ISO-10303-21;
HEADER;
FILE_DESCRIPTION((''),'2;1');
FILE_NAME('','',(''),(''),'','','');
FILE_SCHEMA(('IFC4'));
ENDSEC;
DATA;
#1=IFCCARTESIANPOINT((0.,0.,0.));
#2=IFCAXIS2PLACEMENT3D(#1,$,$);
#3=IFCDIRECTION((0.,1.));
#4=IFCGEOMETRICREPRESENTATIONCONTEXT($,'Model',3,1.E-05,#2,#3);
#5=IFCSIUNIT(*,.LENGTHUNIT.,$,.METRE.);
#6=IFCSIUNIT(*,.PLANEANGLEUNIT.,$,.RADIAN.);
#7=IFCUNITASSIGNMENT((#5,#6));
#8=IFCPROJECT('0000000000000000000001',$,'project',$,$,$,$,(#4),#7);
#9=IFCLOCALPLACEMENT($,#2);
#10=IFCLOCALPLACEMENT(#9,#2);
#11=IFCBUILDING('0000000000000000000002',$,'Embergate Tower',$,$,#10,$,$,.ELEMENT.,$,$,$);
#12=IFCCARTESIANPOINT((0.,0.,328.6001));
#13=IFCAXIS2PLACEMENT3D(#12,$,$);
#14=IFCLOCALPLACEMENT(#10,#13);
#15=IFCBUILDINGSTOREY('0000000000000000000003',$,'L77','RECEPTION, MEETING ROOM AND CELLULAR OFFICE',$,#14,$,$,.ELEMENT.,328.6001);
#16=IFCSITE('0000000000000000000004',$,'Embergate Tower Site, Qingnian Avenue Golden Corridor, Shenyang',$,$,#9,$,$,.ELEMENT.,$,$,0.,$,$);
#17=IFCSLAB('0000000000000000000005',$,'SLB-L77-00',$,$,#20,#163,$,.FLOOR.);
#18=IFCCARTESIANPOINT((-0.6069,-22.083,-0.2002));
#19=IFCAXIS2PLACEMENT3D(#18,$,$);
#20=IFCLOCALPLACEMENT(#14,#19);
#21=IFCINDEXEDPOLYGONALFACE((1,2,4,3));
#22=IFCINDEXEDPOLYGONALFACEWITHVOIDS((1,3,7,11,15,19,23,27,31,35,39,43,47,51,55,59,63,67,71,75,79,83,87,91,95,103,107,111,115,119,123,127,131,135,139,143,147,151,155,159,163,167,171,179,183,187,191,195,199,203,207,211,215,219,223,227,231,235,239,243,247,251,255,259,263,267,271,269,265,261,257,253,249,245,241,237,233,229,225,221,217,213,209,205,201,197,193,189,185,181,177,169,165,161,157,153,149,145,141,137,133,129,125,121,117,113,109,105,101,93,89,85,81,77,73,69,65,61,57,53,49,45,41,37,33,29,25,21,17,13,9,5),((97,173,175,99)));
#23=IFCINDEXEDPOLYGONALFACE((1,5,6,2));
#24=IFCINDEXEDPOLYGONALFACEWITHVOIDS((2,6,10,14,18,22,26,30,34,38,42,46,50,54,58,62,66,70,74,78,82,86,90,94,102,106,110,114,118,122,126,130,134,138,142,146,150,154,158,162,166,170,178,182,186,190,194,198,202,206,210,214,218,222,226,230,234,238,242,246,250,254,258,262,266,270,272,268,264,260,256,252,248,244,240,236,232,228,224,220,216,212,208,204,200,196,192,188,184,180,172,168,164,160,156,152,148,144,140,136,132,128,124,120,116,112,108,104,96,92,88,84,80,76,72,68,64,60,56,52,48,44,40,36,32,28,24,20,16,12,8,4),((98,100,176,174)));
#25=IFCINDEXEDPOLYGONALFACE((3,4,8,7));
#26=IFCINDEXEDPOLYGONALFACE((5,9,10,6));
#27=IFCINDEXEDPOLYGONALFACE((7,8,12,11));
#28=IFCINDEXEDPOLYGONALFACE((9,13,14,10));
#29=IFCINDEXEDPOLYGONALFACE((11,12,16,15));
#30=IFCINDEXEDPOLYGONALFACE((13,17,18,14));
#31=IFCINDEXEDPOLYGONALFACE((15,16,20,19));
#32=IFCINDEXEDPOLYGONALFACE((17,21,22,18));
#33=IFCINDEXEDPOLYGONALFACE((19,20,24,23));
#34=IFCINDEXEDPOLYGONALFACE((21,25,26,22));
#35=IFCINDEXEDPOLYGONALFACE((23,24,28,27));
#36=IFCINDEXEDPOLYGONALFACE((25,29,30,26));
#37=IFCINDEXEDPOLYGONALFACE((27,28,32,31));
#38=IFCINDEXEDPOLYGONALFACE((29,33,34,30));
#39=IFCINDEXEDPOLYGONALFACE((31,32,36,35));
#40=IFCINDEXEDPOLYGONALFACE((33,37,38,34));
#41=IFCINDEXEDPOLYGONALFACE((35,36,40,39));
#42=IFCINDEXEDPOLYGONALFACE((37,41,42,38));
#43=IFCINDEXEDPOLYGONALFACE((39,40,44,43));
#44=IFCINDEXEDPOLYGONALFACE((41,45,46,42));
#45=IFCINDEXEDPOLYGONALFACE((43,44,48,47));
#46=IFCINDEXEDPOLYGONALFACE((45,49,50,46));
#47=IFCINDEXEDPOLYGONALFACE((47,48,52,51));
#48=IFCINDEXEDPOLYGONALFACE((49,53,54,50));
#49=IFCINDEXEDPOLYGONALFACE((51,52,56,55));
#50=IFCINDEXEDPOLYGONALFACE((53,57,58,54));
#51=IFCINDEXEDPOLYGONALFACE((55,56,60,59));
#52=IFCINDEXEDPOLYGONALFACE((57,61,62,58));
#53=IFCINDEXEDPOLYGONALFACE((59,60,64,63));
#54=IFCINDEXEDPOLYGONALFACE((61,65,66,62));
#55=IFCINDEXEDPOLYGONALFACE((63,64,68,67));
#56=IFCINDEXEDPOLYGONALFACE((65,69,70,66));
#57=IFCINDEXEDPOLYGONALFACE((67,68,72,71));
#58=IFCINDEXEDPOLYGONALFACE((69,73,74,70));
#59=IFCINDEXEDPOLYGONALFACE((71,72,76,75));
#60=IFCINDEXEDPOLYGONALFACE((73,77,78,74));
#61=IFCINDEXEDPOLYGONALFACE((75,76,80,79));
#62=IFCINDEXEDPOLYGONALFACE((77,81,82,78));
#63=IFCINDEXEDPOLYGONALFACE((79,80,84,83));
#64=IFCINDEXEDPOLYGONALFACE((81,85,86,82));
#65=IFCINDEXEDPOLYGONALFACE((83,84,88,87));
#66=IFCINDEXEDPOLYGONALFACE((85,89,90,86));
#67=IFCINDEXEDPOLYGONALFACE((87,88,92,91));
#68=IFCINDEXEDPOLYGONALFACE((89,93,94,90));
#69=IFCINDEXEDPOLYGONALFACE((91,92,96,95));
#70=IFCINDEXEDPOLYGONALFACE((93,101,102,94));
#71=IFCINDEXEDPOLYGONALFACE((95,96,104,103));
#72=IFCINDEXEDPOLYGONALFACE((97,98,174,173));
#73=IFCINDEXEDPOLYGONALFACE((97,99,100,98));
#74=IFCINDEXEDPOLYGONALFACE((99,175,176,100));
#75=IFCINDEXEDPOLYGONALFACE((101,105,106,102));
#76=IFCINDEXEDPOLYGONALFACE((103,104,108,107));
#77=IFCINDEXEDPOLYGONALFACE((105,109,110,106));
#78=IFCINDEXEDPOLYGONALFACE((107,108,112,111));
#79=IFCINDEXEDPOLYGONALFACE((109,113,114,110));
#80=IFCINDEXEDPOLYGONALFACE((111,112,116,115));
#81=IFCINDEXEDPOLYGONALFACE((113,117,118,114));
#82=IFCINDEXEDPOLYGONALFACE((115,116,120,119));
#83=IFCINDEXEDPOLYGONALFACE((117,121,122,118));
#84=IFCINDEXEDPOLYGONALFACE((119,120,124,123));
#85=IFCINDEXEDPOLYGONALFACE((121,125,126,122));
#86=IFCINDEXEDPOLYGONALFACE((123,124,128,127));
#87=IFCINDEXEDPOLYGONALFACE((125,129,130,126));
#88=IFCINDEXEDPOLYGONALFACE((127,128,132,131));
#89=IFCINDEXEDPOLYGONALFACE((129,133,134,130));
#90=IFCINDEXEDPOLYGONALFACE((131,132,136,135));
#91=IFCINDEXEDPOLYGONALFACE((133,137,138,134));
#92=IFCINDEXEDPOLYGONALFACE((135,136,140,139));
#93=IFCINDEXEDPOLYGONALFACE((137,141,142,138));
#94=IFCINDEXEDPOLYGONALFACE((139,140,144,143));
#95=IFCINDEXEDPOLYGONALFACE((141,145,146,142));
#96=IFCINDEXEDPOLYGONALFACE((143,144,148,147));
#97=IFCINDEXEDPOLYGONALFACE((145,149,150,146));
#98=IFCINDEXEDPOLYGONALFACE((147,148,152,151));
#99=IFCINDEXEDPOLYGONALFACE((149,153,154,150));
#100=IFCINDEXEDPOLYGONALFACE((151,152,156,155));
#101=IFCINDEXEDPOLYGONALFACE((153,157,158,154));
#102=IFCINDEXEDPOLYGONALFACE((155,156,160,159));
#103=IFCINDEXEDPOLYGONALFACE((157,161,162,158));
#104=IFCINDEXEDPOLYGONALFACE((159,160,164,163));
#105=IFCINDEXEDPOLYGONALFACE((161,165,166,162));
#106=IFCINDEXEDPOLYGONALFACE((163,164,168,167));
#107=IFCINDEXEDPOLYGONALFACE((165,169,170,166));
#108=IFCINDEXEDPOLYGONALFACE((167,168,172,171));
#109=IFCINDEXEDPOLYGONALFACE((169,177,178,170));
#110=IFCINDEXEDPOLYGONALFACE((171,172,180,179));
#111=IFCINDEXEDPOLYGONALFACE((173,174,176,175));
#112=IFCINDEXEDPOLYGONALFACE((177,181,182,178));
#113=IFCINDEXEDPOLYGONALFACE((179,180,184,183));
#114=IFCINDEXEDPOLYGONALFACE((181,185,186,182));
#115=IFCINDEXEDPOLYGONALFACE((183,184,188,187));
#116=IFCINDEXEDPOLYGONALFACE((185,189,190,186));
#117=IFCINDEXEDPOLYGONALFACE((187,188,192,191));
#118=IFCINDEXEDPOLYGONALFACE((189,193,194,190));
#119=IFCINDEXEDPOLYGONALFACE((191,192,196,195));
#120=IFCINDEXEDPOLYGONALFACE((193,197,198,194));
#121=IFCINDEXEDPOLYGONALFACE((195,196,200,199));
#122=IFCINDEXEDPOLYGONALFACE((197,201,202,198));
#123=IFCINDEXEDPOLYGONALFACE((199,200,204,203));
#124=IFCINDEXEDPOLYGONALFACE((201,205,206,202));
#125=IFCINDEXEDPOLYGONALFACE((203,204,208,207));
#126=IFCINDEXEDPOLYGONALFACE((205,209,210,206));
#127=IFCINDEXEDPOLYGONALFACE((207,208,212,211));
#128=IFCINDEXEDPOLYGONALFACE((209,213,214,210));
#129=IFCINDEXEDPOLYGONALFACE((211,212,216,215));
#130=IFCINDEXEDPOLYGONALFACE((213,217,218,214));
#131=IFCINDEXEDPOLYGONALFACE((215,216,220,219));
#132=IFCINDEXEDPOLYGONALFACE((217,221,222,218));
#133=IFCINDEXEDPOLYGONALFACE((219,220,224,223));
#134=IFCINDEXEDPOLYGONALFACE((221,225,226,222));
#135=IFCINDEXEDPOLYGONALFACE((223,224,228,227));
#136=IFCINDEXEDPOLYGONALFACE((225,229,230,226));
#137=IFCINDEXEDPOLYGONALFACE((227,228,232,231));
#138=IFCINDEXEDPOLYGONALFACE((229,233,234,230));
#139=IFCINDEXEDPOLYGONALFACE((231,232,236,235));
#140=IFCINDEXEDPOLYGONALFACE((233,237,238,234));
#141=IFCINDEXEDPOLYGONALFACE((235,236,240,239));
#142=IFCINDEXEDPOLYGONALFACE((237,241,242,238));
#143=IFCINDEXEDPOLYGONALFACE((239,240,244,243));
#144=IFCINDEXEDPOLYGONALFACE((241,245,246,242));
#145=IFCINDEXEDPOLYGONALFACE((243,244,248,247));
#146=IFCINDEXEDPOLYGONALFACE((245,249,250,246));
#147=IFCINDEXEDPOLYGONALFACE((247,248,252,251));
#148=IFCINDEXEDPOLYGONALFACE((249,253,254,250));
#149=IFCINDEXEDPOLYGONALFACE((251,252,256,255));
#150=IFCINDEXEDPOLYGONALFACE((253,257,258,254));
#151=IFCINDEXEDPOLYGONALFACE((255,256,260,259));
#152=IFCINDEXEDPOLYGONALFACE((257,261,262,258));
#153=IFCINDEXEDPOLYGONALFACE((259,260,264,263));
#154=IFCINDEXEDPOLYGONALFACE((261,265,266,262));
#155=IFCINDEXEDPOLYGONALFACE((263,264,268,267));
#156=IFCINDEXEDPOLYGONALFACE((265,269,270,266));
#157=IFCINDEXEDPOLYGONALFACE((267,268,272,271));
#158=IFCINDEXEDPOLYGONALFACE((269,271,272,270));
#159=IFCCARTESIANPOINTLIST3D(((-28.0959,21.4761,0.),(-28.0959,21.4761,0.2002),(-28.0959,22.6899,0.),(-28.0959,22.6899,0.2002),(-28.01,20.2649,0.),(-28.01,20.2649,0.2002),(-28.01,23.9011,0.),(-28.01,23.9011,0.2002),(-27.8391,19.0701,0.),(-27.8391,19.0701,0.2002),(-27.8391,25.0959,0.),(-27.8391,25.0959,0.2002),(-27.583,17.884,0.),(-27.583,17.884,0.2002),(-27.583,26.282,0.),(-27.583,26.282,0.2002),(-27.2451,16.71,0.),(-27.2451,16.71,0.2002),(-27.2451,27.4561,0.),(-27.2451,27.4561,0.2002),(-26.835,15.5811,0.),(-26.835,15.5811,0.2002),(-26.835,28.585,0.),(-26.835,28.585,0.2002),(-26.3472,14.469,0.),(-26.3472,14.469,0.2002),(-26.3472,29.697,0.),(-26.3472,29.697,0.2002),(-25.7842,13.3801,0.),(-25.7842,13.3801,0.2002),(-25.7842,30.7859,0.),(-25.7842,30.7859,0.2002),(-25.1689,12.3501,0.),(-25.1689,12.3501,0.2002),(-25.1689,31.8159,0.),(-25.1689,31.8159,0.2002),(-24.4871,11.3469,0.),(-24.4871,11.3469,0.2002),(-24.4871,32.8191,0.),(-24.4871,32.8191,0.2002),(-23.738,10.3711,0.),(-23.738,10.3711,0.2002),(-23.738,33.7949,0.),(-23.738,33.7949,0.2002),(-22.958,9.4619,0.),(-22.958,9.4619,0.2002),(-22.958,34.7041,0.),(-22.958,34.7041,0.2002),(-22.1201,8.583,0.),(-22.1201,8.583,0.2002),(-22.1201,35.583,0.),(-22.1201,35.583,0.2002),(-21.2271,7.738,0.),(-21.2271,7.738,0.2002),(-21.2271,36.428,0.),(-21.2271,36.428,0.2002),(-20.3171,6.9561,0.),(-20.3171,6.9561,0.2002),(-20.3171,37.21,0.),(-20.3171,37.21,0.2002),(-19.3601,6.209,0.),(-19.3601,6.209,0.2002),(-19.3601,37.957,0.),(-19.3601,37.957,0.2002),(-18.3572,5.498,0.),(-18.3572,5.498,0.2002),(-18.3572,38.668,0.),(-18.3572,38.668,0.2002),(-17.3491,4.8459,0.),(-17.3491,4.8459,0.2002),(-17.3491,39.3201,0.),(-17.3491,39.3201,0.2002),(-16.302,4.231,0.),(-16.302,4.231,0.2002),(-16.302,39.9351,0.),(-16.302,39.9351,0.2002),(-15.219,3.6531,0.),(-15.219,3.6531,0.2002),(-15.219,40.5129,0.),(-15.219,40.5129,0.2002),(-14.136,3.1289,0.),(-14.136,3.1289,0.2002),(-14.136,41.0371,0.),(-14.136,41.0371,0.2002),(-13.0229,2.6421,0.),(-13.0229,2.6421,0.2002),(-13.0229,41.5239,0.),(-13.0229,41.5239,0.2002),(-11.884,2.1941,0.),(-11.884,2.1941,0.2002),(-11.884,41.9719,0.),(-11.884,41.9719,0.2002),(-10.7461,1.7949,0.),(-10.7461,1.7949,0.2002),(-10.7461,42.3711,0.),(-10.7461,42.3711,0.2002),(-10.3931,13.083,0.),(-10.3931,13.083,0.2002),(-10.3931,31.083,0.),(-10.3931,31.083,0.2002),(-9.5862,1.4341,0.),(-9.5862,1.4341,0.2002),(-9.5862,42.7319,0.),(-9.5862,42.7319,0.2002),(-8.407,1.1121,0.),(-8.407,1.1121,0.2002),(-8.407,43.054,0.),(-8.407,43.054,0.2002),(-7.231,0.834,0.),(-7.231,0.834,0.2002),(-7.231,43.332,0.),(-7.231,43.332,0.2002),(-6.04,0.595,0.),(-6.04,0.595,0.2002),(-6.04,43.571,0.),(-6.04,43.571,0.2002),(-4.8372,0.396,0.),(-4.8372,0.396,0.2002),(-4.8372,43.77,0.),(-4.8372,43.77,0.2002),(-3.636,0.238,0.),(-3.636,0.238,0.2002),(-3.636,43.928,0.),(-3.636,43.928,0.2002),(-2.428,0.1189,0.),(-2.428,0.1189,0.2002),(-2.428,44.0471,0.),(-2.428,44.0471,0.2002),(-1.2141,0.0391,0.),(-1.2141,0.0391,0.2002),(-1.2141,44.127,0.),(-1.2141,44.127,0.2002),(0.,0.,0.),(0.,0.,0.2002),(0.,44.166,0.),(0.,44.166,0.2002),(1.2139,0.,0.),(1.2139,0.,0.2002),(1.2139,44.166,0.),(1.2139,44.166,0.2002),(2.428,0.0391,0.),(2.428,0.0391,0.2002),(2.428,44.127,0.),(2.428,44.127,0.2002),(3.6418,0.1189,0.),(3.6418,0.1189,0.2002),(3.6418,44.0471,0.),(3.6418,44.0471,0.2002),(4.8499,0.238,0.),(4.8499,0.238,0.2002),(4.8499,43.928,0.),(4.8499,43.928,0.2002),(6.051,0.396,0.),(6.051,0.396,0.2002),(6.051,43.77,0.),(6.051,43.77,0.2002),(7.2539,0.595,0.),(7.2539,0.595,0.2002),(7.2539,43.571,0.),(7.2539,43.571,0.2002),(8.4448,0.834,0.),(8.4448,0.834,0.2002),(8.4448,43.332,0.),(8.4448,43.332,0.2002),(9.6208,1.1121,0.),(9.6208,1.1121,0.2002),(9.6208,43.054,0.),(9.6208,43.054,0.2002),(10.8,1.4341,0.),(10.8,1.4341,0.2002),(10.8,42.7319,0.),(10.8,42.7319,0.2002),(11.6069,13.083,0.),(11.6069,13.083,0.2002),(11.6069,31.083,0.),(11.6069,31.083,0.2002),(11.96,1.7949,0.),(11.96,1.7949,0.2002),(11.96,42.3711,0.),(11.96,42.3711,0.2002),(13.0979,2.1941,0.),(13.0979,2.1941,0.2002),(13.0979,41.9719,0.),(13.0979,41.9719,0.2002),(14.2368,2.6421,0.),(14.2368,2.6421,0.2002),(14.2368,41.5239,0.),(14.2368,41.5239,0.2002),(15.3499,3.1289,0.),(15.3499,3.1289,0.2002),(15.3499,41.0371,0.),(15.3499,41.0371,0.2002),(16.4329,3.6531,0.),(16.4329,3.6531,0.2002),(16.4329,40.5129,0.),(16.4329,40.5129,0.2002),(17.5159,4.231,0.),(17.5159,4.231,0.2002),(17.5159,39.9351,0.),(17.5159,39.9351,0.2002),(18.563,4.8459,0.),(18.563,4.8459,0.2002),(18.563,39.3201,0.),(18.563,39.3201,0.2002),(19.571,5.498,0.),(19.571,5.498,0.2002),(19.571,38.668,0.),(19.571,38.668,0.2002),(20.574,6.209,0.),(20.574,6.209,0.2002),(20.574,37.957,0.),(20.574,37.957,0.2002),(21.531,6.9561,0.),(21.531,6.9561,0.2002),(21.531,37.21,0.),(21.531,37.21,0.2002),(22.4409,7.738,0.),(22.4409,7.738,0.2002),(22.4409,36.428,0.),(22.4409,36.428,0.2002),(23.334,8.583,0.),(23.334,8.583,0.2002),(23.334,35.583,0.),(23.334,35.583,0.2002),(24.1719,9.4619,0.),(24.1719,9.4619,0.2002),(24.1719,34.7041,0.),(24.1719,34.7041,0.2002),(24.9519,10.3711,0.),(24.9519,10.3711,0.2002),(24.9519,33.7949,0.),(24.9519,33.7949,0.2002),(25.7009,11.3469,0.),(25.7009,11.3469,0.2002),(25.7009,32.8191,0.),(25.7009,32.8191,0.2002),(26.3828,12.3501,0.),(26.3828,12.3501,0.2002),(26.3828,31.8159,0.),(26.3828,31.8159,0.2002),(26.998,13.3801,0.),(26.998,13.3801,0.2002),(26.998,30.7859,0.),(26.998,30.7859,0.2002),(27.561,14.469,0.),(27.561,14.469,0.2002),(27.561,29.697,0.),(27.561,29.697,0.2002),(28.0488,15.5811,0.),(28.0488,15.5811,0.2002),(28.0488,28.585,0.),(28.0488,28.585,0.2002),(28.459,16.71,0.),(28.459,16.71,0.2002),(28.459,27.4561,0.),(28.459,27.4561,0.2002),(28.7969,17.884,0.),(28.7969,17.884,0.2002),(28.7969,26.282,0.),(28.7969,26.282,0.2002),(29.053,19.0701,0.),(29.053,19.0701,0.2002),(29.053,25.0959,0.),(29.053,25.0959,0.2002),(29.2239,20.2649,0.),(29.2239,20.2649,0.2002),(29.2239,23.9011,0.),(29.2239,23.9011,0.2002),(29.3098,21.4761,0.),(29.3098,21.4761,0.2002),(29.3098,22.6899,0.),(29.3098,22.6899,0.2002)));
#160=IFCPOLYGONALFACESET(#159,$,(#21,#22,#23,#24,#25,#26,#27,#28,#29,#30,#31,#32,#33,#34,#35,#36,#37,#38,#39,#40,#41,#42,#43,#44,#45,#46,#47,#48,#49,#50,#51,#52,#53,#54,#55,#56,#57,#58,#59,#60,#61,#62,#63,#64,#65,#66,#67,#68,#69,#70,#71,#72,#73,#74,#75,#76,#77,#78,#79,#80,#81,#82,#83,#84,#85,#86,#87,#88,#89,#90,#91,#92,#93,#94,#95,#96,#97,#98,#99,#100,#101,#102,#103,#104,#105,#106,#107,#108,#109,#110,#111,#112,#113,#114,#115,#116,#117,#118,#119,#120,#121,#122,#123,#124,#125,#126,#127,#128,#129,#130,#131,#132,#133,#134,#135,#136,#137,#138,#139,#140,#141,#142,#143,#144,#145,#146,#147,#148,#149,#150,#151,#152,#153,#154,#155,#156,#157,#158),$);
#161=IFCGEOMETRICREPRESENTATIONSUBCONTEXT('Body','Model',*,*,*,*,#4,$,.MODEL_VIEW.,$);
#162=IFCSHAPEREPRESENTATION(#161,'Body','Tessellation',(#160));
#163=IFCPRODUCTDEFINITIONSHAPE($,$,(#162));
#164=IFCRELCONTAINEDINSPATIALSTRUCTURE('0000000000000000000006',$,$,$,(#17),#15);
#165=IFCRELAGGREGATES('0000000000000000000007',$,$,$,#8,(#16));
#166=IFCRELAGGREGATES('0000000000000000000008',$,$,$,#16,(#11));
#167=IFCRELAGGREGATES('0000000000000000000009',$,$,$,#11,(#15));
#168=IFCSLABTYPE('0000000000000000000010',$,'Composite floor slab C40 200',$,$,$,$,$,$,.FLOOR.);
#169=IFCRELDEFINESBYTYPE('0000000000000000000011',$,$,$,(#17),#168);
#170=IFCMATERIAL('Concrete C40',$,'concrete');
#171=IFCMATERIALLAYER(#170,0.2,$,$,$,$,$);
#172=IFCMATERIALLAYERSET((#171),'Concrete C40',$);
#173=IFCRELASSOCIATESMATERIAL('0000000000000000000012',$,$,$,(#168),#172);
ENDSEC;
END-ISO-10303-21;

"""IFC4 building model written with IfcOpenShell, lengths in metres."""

from ifc_helpers import new_model, si_unit, direction, frame, origin, place, context, subcontext, project, spatial, polyline, outline, extrude, source, transform, mapped, material, layer, layer_set, type_object, element, save


model = new_model("IFC4")

# Units and contexts
model_context = context("Model", 3, precision=1e-05, world=origin(), true_north=direction((0.0, 1.0)))
body_context = subcontext(model_context, "Body", "Model", "MODEL_VIEW")
ifc_project = project(units=[si_unit("LENGTHUNIT", "METRE"), si_unit("PLANEANGLEUNIT", "RADIAN")], contexts=[model_context])

# Site, building, storey
site_placement = place(None, origin())
site = spatial("IfcSite", under=ifc_project, at=site_placement, Name="Embergate Tower Site, Qingnian Avenue Golden Corridor, Shenyang", CompositionType="ELEMENT", RefElevation=0.0)
building_placement = place(site_placement, origin())
building = spatial("IfcBuilding", under=site, at=building_placement, Name="Embergate Tower", CompositionType="ELEMENT")
storey_placement = place(building_placement, frame((0.0, 0.0, 328.6001)))
storey = spatial("IfcBuildingStorey", under=building, at=storey_placement, Name="L77", Description="RECEPTION, MEETING ROOM AND CELLULAR OFFICE", CompositionType="ELEMENT", Elevation=328.6001)

# Slab
ifc_material_1 = material(Name="Concrete C40", Category="concrete")
ifc_layer_1 = layer(ifc_material_1, 0.2)
ifc_layer_set_1 = layer_set([ifc_layer_1], Name="Concrete C40")
slab_type = type_object("IfcSlabType", Name="Composite floor slab C40 200", PredefinedType="FLOOR", material=ifc_layer_set_1)
shared_shape_1 = source(origin(), body_context, "Body", "SweptSolid", [
    extrude(outline(polyline([(0.0, 0.0), (1.2139, 0.0), (2.428, 0.0391), (3.6418, 0.1189), (4.8499, 0.238), (6.051, 0.396), (7.2539, 0.595), (8.4448, 0.834), (9.6208, 1.1121), (10.8, 1.4341), (11.96, 1.7949), (13.0979, 2.1941), (14.2368, 2.6421), (15.3499, 3.1289), (16.4329, 3.6531), (17.5159, 4.231), (18.563, 4.8459), (19.571, 5.498), (20.574, 6.209), (21.531, 6.9561), (22.4409, 7.738), (23.334, 8.583), (24.1719, 9.4619), (24.9519, 10.3711), (25.7009, 11.3469), (26.3828, 12.3501), (26.998, 13.3801), (27.561, 14.469), (28.0488, 15.5811), (28.459, 16.71), (28.7969, 17.884), (29.053, 19.0701), (29.2239, 20.2649), (29.3098, 21.4761), (29.3098, 22.6899), (29.2239, 23.9011), (29.053, 25.0959), (28.7969, 26.282), (28.459, 27.4561), (28.0488, 28.585), (27.561, 29.697), (26.998, 30.7859), (26.3828, 31.8159), (25.7009, 32.8191), (24.9519, 33.7949), (24.1719, 34.7041), (23.334, 35.583), (22.4409, 36.428), (21.531, 37.21), (20.574, 37.957), (19.571, 38.668), (18.563, 39.3201), (17.5159, 39.9351), (16.4329, 40.5129), (15.3499, 41.0371), (14.2368, 41.5239), (13.0979, 41.9719), (11.96, 42.3711), (10.8, 42.7319), (9.6208, 43.054), (8.4448, 43.332), (7.2539, 43.571), (6.051, 43.77), (4.8499, 43.928), (3.6418, 44.0471), (2.428, 44.127), (1.2139, 44.166), (0.0, 44.166), (-1.2141, 44.127), (-2.428, 44.0471), (-3.636, 43.928), (-4.8372, 43.77), (-6.04, 43.571), (-7.231, 43.332), (-8.407, 43.054), (-9.5862, 42.7319), (-10.7461, 42.3711), (-11.884, 41.9719), (-13.0229, 41.5239), (-14.136, 41.0371), (-15.219, 40.5129), (-16.302, 39.9351), (-17.3491, 39.3201), (-18.3572, 38.668), (-19.3601, 37.957), (-20.3171, 37.21), (-21.2271, 36.428), (-22.1201, 35.583), (-22.958, 34.7041), (-23.738, 33.7949), (-24.4871, 32.8191), (-25.1689, 31.8159), (-25.7842, 30.7859), (-26.3472, 29.697), (-26.835, 28.585), (-27.2451, 27.4561), (-27.583, 26.282), (-27.8391, 25.0959), (-28.01, 23.9011), (-28.0959, 22.6899), (-28.0959, 21.4761), (-28.01, 20.2649), (-27.8391, 19.0701), (-27.583, 17.884), (-27.2451, 16.71), (-26.835, 15.5811), (-26.3472, 14.469), (-25.7842, 13.3801), (-25.1689, 12.3501), (-24.4871, 11.3469), (-23.738, 10.3711), (-22.958, 9.4619), (-22.1201, 8.583), (-21.2271, 7.738), (-20.3171, 6.9561), (-19.3601, 6.209), (-18.3572, 5.498), (-17.3491, 4.8459), (-16.302, 4.231), (-15.219, 3.6531), (-14.136, 3.1289), (-13.0229, 2.6421), (-11.884, 2.1941), (-10.7461, 1.7949), (-9.5862, 1.4341), (-8.407, 1.1121), (-7.231, 0.834), (-6.04, 0.595), (-4.8372, 0.396), (-3.636, 0.238), (-2.428, 0.1189), (-1.2141, 0.0391), (0.0, 0.0)]), holes=[polyline([(-10.3931, 13.083), (-10.3931, 31.083), (11.6069, 31.083), (11.6069, 13.083), (-10.3931, 13.083)])]), origin(), (0.0, 0.0, 1.0), 0.2002),
])
slab_placement = place(storey_placement, frame((-0.6069, -22.083, -0.2002)))
element("IfcSlab", 1, at=slab_placement, inside=storey, type_object=slab_type, Name="SLB-L77-00", PredefinedType="FLOOR", context=body_context, shape_type="MappedRepresentation", body=[
    mapped(shared_shape_1, transform((0.0, 0.0, 0.0))),
])

save(model, "model.ifc")
